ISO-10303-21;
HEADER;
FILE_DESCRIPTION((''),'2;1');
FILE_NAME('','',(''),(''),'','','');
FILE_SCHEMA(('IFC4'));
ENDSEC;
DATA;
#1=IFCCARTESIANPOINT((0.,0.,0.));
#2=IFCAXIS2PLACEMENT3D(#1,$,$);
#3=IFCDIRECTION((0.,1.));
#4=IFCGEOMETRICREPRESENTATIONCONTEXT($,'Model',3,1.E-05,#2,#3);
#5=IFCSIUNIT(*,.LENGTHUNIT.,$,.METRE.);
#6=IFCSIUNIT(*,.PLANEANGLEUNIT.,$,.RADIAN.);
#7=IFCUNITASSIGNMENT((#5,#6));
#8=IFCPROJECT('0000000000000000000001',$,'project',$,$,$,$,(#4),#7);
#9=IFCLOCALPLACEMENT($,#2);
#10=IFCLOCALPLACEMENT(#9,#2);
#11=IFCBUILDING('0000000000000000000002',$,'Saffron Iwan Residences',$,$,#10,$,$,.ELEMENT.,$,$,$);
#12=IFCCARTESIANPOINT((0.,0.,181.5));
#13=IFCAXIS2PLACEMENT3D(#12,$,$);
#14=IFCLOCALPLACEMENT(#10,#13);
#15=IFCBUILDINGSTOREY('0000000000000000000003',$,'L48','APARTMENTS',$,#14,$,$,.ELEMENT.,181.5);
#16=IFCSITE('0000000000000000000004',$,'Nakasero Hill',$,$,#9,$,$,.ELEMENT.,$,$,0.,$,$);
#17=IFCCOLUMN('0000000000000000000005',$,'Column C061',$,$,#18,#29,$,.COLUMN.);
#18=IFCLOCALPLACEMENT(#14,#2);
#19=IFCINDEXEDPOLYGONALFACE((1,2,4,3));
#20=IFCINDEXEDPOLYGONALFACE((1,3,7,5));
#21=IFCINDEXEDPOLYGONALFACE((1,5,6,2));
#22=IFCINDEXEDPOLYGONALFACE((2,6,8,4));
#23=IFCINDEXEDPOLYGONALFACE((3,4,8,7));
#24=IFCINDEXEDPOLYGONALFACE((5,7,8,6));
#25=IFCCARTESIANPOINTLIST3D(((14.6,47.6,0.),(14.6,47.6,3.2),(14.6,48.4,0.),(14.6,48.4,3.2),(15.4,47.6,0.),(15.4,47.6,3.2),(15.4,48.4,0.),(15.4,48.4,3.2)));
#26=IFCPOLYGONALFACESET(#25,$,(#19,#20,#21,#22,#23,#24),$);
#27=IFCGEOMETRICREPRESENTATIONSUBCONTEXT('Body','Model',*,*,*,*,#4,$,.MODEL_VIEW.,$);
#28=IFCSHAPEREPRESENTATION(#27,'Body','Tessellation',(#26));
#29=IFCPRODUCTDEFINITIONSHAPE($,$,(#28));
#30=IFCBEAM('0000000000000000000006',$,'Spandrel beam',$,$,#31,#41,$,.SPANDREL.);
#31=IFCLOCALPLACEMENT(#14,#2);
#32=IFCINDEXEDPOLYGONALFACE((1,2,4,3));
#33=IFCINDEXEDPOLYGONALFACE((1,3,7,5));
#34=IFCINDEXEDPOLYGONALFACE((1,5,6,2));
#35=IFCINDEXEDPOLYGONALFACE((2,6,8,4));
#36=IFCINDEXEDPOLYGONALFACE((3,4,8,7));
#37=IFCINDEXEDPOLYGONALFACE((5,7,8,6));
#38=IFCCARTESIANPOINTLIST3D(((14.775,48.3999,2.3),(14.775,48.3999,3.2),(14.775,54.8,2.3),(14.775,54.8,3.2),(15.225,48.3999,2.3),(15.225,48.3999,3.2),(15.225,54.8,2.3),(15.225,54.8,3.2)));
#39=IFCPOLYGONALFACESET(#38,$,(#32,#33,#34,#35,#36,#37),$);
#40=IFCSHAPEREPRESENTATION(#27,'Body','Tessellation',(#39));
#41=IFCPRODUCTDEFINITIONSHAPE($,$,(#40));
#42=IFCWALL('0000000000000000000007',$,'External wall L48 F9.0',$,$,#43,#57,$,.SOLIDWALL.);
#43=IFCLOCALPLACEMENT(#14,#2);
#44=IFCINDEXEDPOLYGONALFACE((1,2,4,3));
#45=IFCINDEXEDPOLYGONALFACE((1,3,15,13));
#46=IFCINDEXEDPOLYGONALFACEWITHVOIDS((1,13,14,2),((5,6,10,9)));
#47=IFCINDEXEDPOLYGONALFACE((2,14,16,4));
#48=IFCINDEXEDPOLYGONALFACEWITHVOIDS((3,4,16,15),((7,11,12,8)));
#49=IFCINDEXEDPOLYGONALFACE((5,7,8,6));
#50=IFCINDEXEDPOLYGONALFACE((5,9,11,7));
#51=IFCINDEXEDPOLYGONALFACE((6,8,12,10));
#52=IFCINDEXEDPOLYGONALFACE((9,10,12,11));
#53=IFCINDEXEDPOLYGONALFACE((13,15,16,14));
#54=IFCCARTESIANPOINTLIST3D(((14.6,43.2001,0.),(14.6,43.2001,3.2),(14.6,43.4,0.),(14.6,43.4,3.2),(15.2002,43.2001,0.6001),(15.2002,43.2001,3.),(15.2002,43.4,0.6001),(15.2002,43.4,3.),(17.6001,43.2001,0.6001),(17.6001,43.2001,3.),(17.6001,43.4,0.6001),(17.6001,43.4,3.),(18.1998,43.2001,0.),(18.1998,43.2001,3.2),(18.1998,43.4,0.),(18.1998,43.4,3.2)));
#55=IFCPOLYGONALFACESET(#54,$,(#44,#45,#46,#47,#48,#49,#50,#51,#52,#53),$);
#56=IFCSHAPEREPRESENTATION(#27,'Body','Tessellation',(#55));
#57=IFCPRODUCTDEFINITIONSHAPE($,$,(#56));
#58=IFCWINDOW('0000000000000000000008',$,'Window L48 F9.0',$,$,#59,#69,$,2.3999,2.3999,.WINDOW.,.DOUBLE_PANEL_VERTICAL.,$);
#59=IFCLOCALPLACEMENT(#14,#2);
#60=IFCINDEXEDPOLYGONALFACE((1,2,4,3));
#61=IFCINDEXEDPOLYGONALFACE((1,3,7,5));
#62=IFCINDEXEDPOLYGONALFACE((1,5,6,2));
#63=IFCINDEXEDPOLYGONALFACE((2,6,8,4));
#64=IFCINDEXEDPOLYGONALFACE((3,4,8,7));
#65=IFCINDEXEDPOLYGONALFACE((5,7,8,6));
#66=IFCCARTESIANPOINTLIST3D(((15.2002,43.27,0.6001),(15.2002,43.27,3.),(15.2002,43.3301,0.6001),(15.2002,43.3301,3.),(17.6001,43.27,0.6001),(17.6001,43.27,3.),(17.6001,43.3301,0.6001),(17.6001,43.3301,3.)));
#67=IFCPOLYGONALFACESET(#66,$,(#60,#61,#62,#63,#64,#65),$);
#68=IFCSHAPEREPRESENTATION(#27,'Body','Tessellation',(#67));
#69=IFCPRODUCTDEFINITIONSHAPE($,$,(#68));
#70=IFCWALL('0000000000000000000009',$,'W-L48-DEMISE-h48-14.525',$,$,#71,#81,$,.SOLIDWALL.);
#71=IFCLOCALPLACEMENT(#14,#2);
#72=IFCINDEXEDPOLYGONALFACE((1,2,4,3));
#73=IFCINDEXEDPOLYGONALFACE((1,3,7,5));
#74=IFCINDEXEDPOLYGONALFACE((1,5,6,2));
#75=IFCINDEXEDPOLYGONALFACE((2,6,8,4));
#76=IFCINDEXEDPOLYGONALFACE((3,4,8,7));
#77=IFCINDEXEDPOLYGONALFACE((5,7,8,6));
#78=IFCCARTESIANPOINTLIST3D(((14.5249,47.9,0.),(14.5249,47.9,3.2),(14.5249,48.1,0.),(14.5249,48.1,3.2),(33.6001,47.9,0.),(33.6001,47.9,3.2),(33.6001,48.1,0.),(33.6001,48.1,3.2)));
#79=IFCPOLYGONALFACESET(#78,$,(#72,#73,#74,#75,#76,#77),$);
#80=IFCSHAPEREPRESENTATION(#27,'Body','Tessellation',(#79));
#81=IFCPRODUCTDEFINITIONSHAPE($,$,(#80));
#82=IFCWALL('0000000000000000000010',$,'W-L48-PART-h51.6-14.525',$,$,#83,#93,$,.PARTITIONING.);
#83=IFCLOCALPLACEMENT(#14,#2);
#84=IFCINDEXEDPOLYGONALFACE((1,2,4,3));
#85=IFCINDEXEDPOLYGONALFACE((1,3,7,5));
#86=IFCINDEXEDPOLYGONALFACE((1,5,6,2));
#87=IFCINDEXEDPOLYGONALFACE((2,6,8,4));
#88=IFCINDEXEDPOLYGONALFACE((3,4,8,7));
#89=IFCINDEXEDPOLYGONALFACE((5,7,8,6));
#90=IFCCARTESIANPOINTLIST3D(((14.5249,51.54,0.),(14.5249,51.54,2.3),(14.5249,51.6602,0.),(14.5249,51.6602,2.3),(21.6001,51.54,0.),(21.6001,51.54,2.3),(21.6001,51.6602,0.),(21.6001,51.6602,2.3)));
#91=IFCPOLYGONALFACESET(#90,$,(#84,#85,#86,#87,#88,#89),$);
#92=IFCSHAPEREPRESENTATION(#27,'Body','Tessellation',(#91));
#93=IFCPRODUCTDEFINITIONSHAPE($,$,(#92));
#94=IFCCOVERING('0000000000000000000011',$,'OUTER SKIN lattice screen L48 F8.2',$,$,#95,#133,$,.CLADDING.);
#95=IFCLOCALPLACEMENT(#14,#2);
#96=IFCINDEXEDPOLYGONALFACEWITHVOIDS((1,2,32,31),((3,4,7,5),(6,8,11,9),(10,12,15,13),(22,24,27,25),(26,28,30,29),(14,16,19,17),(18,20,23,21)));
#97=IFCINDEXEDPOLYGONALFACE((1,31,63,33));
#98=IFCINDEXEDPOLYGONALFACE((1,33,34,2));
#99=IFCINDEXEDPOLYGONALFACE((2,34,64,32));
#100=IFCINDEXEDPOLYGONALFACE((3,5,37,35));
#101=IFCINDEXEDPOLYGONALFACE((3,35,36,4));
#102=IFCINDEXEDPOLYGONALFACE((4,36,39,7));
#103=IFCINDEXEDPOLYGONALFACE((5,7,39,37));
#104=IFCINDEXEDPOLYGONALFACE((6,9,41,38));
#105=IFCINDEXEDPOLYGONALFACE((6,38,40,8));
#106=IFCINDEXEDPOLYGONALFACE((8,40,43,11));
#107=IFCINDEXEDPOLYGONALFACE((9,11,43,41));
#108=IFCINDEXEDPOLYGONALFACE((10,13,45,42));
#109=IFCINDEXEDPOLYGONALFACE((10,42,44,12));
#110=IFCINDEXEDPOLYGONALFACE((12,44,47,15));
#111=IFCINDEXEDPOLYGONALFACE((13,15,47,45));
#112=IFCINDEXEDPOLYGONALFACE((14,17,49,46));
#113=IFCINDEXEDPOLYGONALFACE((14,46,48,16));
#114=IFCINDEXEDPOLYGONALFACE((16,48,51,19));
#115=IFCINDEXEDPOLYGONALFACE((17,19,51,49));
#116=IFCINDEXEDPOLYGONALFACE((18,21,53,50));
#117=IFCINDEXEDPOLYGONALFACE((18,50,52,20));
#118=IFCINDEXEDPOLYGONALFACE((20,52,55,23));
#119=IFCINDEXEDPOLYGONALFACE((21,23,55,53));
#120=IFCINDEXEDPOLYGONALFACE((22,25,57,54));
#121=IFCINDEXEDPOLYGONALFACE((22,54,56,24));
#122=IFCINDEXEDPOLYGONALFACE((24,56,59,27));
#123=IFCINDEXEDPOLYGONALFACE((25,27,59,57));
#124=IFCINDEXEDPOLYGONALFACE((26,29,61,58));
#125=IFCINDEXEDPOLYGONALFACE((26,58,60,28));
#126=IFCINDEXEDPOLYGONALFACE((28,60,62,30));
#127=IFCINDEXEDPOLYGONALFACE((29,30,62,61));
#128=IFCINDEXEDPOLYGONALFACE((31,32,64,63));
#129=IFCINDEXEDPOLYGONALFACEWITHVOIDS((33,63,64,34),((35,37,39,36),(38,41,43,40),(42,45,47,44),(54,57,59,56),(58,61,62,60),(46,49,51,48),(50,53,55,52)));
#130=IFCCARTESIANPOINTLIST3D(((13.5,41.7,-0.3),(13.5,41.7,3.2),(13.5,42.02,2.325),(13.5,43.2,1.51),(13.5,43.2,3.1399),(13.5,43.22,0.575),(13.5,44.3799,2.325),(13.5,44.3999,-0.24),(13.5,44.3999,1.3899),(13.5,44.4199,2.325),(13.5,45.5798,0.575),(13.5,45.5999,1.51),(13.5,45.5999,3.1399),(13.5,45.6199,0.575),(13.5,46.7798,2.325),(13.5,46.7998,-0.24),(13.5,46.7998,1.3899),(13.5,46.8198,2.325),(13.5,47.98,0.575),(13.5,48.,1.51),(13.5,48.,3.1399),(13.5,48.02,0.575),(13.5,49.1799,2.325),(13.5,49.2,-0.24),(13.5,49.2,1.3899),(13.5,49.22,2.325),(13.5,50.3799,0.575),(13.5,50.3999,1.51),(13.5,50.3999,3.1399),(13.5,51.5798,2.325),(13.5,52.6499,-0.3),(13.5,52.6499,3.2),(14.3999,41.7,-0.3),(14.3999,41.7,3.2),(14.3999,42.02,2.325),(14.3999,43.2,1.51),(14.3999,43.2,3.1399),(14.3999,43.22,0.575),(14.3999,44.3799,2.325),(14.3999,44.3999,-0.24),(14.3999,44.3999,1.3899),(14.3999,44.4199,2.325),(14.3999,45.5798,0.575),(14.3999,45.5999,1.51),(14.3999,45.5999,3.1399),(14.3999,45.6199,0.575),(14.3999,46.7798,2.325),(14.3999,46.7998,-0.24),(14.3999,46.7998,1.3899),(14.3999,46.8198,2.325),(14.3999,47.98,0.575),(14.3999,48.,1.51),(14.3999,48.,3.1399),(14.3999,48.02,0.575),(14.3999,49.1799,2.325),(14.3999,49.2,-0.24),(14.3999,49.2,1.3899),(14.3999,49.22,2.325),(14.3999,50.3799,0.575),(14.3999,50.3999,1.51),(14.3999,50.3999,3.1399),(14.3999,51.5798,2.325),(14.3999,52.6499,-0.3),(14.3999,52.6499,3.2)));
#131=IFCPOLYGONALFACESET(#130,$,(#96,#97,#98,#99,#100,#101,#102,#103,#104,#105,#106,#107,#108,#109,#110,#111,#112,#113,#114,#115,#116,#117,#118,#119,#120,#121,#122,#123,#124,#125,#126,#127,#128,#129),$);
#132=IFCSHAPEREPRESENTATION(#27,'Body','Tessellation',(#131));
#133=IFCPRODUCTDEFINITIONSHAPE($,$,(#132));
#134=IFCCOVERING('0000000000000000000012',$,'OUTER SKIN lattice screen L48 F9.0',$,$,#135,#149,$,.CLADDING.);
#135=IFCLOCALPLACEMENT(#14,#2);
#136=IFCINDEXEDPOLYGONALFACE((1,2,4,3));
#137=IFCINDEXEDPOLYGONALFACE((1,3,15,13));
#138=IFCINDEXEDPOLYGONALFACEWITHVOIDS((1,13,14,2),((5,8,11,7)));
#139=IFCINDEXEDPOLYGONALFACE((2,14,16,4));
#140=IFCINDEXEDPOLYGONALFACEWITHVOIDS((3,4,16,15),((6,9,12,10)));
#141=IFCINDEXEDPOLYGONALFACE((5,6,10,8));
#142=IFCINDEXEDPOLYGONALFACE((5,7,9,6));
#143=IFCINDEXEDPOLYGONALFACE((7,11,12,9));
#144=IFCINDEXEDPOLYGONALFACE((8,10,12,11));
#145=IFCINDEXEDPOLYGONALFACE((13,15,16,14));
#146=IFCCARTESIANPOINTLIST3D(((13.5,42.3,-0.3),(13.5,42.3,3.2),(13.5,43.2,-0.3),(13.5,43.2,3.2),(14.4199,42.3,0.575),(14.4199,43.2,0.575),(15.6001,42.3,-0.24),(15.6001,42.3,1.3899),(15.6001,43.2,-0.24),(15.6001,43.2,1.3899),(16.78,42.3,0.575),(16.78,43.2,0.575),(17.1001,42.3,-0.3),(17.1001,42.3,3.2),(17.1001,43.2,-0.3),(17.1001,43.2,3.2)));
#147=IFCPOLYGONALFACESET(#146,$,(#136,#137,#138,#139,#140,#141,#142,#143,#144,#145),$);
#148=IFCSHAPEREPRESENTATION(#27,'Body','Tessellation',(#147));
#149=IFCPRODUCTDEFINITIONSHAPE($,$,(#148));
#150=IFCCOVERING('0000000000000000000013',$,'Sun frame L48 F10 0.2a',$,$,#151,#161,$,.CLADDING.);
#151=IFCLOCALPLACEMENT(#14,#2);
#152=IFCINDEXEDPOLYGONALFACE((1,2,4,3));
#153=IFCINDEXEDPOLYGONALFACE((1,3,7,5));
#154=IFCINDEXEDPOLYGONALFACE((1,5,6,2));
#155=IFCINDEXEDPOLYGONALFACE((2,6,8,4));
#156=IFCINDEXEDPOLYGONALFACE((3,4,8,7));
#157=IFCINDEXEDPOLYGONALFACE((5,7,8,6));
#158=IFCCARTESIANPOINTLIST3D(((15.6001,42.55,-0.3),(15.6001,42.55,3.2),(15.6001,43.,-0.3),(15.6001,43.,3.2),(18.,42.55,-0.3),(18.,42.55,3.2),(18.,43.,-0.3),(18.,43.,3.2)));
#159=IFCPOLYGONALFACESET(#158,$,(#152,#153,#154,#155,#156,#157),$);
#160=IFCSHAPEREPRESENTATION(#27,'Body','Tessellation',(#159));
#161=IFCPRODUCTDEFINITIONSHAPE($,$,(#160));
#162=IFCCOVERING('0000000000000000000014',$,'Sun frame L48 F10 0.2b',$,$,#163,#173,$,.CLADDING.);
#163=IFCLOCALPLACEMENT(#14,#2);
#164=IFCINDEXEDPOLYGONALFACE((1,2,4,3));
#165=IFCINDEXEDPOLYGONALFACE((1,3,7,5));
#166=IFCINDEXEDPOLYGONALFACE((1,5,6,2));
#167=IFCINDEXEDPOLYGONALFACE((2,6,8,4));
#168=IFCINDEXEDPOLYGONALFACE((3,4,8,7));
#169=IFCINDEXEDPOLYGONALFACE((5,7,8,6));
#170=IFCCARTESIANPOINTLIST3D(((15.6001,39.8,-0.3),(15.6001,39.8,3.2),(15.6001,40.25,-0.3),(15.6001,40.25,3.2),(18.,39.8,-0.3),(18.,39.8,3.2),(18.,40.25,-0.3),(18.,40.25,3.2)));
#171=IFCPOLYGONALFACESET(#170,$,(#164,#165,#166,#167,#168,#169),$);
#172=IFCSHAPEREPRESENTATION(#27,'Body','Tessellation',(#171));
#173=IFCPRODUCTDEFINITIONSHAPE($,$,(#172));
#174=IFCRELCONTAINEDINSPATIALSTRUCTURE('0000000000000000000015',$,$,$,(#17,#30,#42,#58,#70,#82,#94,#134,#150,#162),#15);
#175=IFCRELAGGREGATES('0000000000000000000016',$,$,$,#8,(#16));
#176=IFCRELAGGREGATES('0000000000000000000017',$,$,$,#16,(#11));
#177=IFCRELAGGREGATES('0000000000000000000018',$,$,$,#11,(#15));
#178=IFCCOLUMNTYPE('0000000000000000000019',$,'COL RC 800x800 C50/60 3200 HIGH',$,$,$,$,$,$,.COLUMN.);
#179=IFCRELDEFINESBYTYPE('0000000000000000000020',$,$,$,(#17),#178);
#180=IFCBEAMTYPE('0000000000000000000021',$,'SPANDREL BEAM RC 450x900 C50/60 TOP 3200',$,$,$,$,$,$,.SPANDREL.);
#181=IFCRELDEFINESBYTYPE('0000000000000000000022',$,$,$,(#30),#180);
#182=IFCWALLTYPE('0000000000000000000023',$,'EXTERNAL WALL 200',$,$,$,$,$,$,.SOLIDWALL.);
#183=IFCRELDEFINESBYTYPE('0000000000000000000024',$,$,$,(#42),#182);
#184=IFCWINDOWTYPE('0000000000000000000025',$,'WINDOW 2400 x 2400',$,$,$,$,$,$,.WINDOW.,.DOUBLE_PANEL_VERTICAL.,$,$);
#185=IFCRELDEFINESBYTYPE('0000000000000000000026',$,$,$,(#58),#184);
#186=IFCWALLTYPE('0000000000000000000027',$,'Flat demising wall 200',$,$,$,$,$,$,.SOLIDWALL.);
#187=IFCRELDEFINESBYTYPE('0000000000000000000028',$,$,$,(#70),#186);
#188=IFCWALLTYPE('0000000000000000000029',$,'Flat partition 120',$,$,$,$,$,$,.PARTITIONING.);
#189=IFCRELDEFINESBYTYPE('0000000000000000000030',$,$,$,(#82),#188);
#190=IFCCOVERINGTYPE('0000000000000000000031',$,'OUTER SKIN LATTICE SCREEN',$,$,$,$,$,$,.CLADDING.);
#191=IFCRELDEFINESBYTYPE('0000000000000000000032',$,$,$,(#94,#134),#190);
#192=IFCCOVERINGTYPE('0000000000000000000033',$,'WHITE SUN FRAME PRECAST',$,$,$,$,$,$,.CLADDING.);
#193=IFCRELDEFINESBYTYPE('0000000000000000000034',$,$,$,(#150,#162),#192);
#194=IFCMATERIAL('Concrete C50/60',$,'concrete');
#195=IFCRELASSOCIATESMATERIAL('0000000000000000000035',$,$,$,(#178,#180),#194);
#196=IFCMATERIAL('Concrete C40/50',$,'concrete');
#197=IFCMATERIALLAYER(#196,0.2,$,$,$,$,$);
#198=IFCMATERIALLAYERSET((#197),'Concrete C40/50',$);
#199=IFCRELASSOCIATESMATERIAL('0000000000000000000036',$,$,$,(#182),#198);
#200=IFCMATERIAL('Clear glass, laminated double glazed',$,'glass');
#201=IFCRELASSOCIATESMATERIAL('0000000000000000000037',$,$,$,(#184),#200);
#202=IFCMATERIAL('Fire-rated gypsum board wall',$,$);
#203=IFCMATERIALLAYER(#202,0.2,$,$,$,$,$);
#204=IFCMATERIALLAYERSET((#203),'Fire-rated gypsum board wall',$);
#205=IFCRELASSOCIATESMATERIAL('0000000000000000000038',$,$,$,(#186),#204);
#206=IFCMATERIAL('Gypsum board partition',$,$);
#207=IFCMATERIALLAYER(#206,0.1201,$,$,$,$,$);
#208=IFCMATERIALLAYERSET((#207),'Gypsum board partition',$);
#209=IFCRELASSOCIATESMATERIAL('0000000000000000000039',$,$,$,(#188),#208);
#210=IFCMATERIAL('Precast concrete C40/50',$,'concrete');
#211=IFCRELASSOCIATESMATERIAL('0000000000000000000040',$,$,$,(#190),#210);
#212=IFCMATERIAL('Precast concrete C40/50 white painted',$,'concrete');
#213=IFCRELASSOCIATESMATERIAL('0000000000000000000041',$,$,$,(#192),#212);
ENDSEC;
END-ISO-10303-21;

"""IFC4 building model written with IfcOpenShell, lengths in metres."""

from ifc_helpers import new_model, si_unit, direction, frame, frame_2d, origin, origin_2d, place, context, subcontext, project, spatial, polyline, rectangle, outline, extrude, source, transform, mapped, material, layer, layer_set, material_profile, profile_set, type_object, element, fill, save


model = new_model("IFC4")

# Units and contexts
model_context = context("Model", 3, precision=1e-05, world=origin(), true_north=direction((0.0, 1.0)))
body_context = subcontext(model_context, "Body", "Model", "MODEL_VIEW")
ifc_project = project(units=[si_unit("LENGTHUNIT", "METRE"), si_unit("PLANEANGLEUNIT", "RADIAN")], contexts=[model_context])

# Site, building, storey
site_placement = place(None, origin())
site = spatial("IfcSite", under=ifc_project, at=site_placement, Name="Nakasero Hill", CompositionType="ELEMENT", RefElevation=0.0)
building_placement = place(site_placement, origin())
building = spatial("IfcBuilding", under=site, at=building_placement, Name="Saffron Iwan Residences", CompositionType="ELEMENT")
storey_placement = place(building_placement, frame((0.0, 0.0, 181.5)))
storey = spatial("IfcBuildingStorey", under=building, at=storey_placement, Name="L48", Description="APARTMENTS", CompositionType="ELEMENT", Elevation=181.5)

# Column
ifc_material_1 = material(Name="Concrete C50/60", Category="concrete")
ifc_material_profile_1 = material_profile(ifc_material_1, rectangle(XDim=0.8, YDim=0.8, at=origin_2d()), Name="RC 800x800")
ifc_profile_set_1 = profile_set([ifc_material_profile_1], Name="Concrete C50/60")
column_type = type_object("IfcColumnType", Name="COL RC 800x800 C50/60 3200 HIGH", PredefinedType="COLUMN", material=ifc_profile_set_1)
shared_shape_1 = source(origin(), body_context, "Body", "SweptSolid", [
    extrude(rectangle(XDim=0.8, YDim=0.8, at=origin_2d()), origin(), (0.0, 0.0, 1.0), 3.2),
])
column_placement = place(storey_placement, frame((15.0, 48.0, 0.0), z_axis=(0.0, 0.0, 1.0), x_axis=(1.0, 0.0, 0.0)))
element("IfcColumn", 1, at=column_placement, inside=storey, type_object=column_type, Name="Column C061", PredefinedType="COLUMN", context=body_context, shape_type="MappedRepresentation", body=[
    mapped(shared_shape_1, transform((0.0, 0.0, 0.0))),
])

# Beam
ifc_material_profile_2 = material_profile(ifc_material_1, rectangle(XDim=0.45, YDim=0.8999, at=origin_2d()), Name="RC 450x900")
ifc_profile_set_2 = profile_set([ifc_material_profile_2], Name="Concrete C50/60")
beam_type = type_object("IfcBeamType", Name="SPANDREL BEAM RC 450x900 C50/60 TOP 3200", PredefinedType="SPANDREL", material=ifc_profile_set_2)
shared_shape_2 = source(origin(), body_context, "Body", "SweptSolid", [
    extrude(rectangle(XDim=0.45, YDim=0.8999, at=origin_2d()), origin(), (0.0, 0.0, 1.0), 6.4001),
])
beam_placement = place(storey_placement, frame((15.0, 48.3999, 2.75), z_axis=(0.0, 1.0, 0.0), x_axis=(-1.0, 0.0, 0.0)))
element("IfcBeam", 2, at=beam_placement, inside=storey, type_object=beam_type, Name="Spandrel beam", PredefinedType="SPANDREL", context=body_context, shape_type="MappedRepresentation", body=[
    mapped(shared_shape_2, transform((0.0, 0.0, 0.0))),
])

# Wall, opening, window
ifc_material_2 = material(Name="Concrete C40/50", Category="concrete")
ifc_layer_1 = layer(ifc_material_2, 0.2)
ifc_layer_set_1 = layer_set([ifc_layer_1], Name="Concrete C40/50")
wall_type_1 = type_object("IfcWallType", Name="EXTERNAL WALL 200", PredefinedType="SOLIDWALL", material=ifc_layer_set_1)
wall_1_placement = place(storey_placement, frame((14.6001, 43.3, 0.0), z_axis=(0.0, 0.0, 1.0), x_axis=(1.0, 0.0, 0.0)))
wall_1 = element("IfcWall", 3, at=wall_1_placement, inside=storey, type_object=wall_type_1, Name="External wall L48 F9.0", PredefinedType="SOLIDWALL", context=body_context, shape_type="SweptSolid", body=[
    extrude(rectangle(XDim=3.5999, YDim=0.2, at=frame_2d((1.7998, 0.0))), origin(), (0.0, 0.0, 1.0), 3.2),
])
opening_placement = place(wall_1_placement, frame((0.6001, 0.0, 0.6001)))
opening = element("IfcOpeningElement", 4, at=opening_placement, cuts=wall_1, PredefinedType="OPENING", context=body_context, shape_type="SweptSolid", body=[
    extrude(rectangle(XDim=2.3999, YDim=2.3999, at=frame_2d((1.2, 1.2))), frame((0.0, 0.1099, 0.0), z_axis=(0.0, -1.0, 0.0), x_axis=(1.0, 0.0, 0.0)), (0.0, 0.0, 1.0), 0.22),
])
ifc_material_3 = material(Name="Clear glass, laminated double glazed", Category="glass")
window_type = type_object("IfcWindowType", Name="WINDOW 2400 x 2400", PartitioningType="DOUBLE_PANEL_VERTICAL", PredefinedType="WINDOW", material=ifc_material_3)
window_placement = place(opening_placement, origin())
window = element("IfcWindow", 5, at=window_placement, inside=storey, type_object=window_type, Name="Window L48 F9.0", OverallHeight=2.3999, OverallWidth=2.3999, PartitioningType="DOUBLE_PANEL_VERTICAL", PredefinedType="WINDOW", context=body_context, shape_type="SweptSolid", body=[
    extrude(rectangle(XDim=2.3999, YDim=2.3999, at=frame_2d((1.2, 1.2))), frame((0.0, 0.03, 0.0), z_axis=(0.0, -1.0, 0.0), x_axis=(1.0, 0.0, 0.0)), (0.0, 0.0, 1.0), 0.0601),
])
fill(opening, window)

# Walls
ifc_material_4 = material(Name="Fire-rated gypsum board wall")
ifc_layer_2 = layer(ifc_material_4, 0.2)
ifc_layer_set_2 = layer_set([ifc_layer_2], Name="Fire-rated gypsum board wall")
wall_type_2 = type_object("IfcWallType", Name="Flat demising wall 200", PredefinedType="SOLIDWALL", material=ifc_layer_set_2)
wall_2_placement = place(storey_placement, frame((14.5249, 48.0, 0.0), z_axis=(0.0, 0.0, 1.0), x_axis=(1.0, 0.0, 0.0)))
element("IfcWall", 6, at=wall_2_placement, inside=storey, type_object=wall_type_2, Name="W-L48-DEMISE-h48-14.525", PredefinedType="SOLIDWALL", context=body_context, shape_type="SweptSolid", body=[
    extrude(rectangle(XDim=19.0752, YDim=0.2, at=frame_2d((9.5376, 0.0))), origin(), (0.0, 0.0, 1.0), 3.2),
])
ifc_material_5 = material(Name="Gypsum board partition")
ifc_layer_3 = layer(ifc_material_5, 0.1201)
ifc_layer_set_3 = layer_set([ifc_layer_3], Name="Gypsum board partition")
wall_type_3 = type_object("IfcWallType", Name="Flat partition 120", PredefinedType="PARTITIONING", material=ifc_layer_set_3)
wall_3_placement = place(storey_placement, frame((14.5249, 51.6001, 0.0), z_axis=(0.0, 0.0, 1.0), x_axis=(1.0, 0.0, 0.0)))
element("IfcWall", 7, at=wall_3_placement, inside=storey, type_object=wall_type_3, Name="W-L48-PART-h51.6-14.525", PredefinedType="PARTITIONING", context=body_context, shape_type="SweptSolid", body=[
    extrude(rectangle(XDim=7.0752, YDim=0.1201, at=frame_2d((3.5376, 0.0))), origin(), (0.0, 0.0, 1.0), 2.3),
])

# Coverings
ifc_material_6 = material(Name="Precast concrete C40/50", Category="concrete")
covering_type_1 = type_object("IfcCoveringType", Name="OUTER SKIN LATTICE SCREEN", PredefinedType="CLADDING", material=ifc_material_6)
covering_1_placement = place(storey_placement, frame((14.3999, 52.6499, -0.3), z_axis=(-1.0, 0.0, 0.0), x_axis=(0.0, -1.0, 0.0)))
element("IfcCovering", 8, at=covering_1_placement, inside=storey, type_object=covering_type_1, Name="OUTER SKIN lattice screen L48 F8.2", PredefinedType="CLADDING", context=body_context, shape_type="SweptSolid", body=[
    extrude(outline(polyline([(0.0, 0.0), (10.95, 0.0), (10.95, 3.5), (0.0, 3.5), (0.0, 0.0)]), holes=[polyline([(2.27, 0.875), (3.45, 0.0601), (4.6299, 0.875), (3.45, 1.6899), (2.27, 0.875)]), polyline([(4.6699, 0.875), (5.8501, 0.0601), (7.03, 0.875), (5.8501, 1.6899), (4.6699, 0.875)]), polyline([(7.0701, 0.875), (8.25, 0.0601), (9.4299, 0.875), (8.25, 1.6899), (7.0701, 0.875)]), polyline([(1.0701, 2.625), (2.25, 1.8101), (3.4299, 2.625), (2.25, 3.4399), (1.0701, 2.625)]), polyline([(3.47, 2.625), (4.6499, 1.8101), (5.8301, 2.625), (4.6499, 3.4399), (3.47, 2.625)]), polyline([(5.8701, 2.625), (7.05, 1.8101), (8.23, 2.625), (7.05, 3.4399), (5.8701, 2.625)]), polyline([(8.27, 2.625), (9.45, 1.8101), (10.6299, 2.625), (9.45, 3.4399), (8.27, 2.625)])]), origin(), (0.0, 0.0, 1.0), 0.8999),
])
covering_2_placement = place(storey_placement, frame((13.5, 43.2, -0.3), z_axis=(0.0, -1.0, 0.0), x_axis=(1.0, 0.0, 0.0)))
element("IfcCovering", 9, at=covering_2_placement, inside=storey, type_object=covering_type_1, Name="OUTER SKIN lattice screen L48 F9.0", PredefinedType="CLADDING", context=body_context, shape_type="SweptSolid", body=[
    extrude(outline(polyline([(0.0, 0.0), (3.6001, 0.0), (3.6001, 3.5), (0.0, 3.5), (0.0, 0.0)]), holes=[polyline([(0.9199, 0.875), (2.1001, 0.0601), (3.28, 0.875), (2.1001, 1.6899), (0.9199, 0.875)])]), origin(), (0.0, 0.0, 1.0), 0.8999),
])
ifc_material_7 = material(Name="Precast concrete C40/50 white painted", Category="concrete")
covering_type_2 = type_object("IfcCoveringType", Name="WHITE SUN FRAME PRECAST", PredefinedType="CLADDING", material=ifc_material_7)
for number, where, z_axis, x_axis, name in (
    (10, (18.0, 43.0, -0.3), (-1.0, 0.0, 0.0), (0.0, -1.0, 0.0), "Sun frame L48 F10 0.2a"),
    (11, (18.0, 40.25, -0.3), (-1.0, 0.0, 0.0), (0.0, -1.0, 0.0), "Sun frame L48 F10 0.2b"),
):
    element("IfcCovering", number, at=place(storey_placement, frame(where, z_axis=z_axis, x_axis=x_axis)), inside=storey, type_object=covering_type_2, Name=name, PredefinedType="CLADDING", context=body_context, shape_type="SweptSolid", body=[
        extrude(outline(polyline([(0.0, 0.0), (0.45, 0.0), (0.45, 3.5), (0.0, 3.5), (0.0, 0.0)])), origin(), (0.0, 0.0, 1.0), 2.3999),
    ])

save(model, "model.ifc")
